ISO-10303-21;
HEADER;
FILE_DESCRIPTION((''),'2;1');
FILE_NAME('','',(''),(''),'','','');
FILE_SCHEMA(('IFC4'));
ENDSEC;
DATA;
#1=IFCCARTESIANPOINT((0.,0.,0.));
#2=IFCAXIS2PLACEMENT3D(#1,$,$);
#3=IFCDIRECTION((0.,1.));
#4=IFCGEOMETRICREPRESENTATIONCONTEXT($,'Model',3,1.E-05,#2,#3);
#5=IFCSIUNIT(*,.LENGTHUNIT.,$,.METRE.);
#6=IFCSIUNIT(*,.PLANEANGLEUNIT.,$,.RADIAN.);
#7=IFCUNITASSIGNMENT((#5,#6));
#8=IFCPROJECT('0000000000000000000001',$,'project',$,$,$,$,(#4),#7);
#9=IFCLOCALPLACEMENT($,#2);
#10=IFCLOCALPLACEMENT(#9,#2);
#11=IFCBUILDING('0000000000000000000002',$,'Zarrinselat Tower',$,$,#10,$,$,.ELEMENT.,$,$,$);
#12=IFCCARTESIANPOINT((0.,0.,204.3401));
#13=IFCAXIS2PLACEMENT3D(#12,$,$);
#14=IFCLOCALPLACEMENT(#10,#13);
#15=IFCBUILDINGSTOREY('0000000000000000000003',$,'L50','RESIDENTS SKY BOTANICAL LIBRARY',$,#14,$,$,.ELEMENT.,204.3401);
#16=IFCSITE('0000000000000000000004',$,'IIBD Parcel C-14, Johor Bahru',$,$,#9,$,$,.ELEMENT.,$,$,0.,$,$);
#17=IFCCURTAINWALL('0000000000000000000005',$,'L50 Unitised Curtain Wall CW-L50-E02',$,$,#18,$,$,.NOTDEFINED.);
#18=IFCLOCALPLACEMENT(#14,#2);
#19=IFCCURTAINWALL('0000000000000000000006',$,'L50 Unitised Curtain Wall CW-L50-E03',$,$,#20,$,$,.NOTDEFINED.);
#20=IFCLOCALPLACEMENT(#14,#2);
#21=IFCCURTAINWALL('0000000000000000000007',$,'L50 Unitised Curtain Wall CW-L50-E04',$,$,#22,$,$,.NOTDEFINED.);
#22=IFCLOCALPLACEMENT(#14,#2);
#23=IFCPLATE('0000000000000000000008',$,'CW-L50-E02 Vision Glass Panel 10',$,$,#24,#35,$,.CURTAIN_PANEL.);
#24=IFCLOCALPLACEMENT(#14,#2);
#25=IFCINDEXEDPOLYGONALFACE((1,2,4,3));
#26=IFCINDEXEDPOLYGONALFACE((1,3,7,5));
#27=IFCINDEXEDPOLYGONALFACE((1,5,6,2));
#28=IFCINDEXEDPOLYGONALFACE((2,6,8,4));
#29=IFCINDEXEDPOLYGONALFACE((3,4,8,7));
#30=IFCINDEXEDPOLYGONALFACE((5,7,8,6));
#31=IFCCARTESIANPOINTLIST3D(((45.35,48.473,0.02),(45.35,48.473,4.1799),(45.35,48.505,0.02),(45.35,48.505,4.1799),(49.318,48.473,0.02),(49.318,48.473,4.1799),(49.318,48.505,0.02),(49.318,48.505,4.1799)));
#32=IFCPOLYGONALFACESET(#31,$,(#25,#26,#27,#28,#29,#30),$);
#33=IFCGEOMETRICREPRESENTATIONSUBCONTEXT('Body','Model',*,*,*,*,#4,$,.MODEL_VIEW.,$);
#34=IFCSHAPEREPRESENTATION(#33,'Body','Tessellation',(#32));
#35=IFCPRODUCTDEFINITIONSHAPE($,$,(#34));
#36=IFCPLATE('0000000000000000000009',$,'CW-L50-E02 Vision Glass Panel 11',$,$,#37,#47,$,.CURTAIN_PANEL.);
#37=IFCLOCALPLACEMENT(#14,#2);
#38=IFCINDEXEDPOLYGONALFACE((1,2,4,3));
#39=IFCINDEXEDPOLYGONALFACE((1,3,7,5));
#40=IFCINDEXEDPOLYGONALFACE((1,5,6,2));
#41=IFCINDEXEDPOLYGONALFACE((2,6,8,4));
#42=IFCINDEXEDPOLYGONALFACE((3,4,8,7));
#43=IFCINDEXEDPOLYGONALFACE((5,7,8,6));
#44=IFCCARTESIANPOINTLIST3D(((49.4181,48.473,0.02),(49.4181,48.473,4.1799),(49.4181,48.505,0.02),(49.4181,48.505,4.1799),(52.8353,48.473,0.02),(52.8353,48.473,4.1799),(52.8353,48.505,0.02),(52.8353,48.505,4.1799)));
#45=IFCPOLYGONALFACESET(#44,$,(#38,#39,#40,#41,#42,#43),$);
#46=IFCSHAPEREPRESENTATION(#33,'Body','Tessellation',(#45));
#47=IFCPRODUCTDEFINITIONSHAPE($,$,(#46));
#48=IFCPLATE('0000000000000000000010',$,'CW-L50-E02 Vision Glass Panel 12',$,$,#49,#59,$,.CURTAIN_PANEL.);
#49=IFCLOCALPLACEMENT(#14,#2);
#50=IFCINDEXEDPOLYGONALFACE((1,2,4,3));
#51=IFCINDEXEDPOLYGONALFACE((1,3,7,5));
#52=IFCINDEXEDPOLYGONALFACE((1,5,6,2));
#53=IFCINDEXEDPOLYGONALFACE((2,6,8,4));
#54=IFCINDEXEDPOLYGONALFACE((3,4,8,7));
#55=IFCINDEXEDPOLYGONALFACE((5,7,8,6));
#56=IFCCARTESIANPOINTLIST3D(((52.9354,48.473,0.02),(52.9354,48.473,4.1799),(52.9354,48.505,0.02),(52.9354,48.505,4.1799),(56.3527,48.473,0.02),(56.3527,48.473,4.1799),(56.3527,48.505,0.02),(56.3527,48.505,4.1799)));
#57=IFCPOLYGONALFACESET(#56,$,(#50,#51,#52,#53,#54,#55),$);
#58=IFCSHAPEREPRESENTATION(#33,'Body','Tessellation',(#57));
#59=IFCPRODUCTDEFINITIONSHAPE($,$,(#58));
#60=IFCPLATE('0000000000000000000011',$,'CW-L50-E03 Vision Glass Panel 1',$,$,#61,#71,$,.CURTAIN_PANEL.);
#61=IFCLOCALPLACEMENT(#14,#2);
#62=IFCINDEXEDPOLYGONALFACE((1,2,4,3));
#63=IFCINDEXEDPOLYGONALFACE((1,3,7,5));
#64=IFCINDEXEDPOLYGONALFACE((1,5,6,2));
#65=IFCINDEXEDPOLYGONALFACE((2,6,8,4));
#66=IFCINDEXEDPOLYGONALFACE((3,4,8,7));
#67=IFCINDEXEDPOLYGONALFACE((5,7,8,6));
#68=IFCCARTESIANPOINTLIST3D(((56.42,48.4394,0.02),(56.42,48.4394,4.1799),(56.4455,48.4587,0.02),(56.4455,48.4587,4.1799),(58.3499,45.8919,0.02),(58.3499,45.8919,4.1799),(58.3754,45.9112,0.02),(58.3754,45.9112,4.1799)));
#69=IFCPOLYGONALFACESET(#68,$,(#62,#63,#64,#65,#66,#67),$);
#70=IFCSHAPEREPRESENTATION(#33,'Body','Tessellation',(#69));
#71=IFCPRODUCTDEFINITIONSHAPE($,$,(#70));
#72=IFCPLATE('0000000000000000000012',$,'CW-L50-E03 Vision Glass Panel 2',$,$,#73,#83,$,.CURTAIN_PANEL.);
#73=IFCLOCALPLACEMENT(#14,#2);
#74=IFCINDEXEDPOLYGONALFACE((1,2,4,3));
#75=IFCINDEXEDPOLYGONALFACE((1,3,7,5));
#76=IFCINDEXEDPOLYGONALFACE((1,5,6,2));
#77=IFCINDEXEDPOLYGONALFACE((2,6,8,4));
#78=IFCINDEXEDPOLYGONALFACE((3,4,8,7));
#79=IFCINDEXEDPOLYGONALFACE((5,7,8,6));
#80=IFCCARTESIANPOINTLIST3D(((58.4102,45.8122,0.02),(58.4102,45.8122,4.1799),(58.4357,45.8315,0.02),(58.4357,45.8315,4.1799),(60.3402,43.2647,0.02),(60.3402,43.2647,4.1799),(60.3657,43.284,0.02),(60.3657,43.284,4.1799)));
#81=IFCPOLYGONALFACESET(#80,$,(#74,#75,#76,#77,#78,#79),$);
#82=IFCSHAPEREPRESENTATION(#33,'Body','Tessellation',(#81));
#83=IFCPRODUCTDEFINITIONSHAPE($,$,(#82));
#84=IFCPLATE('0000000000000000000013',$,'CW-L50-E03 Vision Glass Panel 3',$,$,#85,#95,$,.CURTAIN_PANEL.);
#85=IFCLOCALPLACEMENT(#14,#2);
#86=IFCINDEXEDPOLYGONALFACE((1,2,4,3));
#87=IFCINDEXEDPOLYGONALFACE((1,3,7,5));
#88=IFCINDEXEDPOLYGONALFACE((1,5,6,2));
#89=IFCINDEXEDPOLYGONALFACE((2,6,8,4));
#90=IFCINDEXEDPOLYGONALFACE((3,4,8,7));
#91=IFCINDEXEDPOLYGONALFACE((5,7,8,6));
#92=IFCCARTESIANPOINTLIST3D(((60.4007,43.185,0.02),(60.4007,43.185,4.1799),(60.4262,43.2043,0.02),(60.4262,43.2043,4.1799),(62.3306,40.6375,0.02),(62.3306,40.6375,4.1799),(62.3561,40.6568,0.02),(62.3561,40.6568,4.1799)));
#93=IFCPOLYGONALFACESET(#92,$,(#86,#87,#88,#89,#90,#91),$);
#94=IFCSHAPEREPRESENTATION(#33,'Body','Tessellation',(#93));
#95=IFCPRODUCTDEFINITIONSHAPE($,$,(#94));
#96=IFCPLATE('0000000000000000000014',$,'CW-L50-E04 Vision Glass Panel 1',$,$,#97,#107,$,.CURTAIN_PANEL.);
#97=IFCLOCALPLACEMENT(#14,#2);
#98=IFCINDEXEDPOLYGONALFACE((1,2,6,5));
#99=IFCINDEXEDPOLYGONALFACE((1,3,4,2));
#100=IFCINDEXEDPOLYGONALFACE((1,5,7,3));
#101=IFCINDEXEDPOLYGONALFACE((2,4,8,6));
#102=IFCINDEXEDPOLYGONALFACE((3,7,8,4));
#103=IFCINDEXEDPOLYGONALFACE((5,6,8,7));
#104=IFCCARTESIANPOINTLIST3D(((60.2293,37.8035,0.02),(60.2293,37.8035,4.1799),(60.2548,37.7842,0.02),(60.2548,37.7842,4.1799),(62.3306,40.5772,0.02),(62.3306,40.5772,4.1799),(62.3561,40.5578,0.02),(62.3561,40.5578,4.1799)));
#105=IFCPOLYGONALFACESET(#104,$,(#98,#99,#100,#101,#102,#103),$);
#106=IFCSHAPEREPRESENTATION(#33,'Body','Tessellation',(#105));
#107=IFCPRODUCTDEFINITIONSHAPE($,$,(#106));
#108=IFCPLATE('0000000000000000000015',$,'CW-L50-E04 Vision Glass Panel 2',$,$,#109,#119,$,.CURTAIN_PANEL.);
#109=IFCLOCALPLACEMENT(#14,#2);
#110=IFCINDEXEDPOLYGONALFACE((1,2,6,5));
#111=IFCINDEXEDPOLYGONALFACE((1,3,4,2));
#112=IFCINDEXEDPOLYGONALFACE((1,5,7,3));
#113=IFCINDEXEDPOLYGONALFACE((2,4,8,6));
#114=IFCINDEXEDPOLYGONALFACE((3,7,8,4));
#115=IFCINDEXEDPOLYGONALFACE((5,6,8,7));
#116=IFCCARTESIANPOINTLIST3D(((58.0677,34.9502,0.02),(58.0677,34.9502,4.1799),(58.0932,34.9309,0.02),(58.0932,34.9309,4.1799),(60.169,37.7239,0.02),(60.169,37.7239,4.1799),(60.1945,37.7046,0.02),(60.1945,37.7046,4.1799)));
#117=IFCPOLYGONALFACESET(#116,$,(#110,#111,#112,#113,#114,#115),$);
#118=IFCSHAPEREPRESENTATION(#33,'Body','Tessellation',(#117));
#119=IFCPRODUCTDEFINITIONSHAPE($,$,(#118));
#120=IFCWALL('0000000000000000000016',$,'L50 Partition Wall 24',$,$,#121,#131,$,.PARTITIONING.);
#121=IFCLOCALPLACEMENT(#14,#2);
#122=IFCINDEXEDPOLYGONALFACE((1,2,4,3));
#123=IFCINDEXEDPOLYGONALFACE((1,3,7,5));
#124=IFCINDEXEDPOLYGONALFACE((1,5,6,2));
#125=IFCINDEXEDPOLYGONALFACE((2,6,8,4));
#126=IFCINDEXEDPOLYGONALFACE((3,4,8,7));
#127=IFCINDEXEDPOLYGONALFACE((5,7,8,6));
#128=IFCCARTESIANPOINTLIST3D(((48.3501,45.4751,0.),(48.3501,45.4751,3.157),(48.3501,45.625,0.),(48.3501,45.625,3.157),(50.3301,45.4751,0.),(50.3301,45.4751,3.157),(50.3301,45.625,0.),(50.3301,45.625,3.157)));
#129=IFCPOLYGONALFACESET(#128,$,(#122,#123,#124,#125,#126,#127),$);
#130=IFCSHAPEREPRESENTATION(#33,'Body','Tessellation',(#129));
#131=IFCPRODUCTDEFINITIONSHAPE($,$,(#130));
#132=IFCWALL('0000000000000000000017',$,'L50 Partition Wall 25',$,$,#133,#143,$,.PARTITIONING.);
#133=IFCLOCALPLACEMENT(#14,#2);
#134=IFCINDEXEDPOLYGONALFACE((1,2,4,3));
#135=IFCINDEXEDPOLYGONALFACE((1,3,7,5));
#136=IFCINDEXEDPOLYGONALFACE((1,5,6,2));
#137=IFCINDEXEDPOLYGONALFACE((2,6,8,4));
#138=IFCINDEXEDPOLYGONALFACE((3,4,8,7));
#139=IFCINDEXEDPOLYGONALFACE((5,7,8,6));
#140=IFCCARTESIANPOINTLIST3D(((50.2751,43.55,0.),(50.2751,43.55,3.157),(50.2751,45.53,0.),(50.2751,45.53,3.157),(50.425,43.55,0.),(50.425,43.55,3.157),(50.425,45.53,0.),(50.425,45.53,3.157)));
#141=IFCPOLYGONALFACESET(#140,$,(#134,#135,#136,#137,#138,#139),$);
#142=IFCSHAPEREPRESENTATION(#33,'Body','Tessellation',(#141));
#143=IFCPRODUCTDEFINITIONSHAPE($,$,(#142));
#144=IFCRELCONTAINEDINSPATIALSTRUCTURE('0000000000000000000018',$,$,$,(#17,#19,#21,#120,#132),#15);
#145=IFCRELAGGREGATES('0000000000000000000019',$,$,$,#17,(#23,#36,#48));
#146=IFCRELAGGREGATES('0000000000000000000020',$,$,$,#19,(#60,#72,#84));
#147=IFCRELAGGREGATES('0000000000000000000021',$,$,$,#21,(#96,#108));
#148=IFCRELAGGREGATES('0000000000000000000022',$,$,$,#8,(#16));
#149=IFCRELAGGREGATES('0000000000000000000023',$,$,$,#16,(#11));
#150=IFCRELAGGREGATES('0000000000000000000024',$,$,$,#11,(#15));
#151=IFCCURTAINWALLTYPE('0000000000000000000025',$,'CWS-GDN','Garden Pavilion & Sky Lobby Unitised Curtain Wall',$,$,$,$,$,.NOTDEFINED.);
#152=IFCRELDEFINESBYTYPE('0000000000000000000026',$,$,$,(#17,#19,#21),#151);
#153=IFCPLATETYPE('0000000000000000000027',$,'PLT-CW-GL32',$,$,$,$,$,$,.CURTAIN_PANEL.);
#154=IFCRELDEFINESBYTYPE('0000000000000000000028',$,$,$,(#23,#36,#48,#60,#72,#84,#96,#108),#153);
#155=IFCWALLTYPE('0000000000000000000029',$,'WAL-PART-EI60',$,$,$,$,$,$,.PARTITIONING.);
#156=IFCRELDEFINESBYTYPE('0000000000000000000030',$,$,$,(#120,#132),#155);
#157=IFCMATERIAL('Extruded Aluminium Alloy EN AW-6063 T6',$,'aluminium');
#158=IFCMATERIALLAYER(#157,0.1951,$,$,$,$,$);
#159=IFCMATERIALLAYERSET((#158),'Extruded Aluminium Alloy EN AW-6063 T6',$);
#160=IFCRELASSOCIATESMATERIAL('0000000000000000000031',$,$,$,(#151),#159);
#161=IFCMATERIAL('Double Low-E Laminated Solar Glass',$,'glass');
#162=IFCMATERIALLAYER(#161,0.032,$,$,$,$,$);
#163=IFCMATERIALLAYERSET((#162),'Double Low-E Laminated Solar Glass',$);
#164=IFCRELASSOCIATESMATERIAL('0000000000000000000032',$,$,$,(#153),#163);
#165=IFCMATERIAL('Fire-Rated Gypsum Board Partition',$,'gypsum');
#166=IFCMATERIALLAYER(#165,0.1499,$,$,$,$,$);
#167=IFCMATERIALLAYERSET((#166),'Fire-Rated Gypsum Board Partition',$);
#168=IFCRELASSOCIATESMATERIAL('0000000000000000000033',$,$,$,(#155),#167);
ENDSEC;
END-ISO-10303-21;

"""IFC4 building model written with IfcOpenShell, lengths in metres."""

from ifc_helpers import new_model, si_unit, direction, frame, frame_2d, origin, origin_2d, place, context, subcontext, project, spatial, rectangle, extrude, material, layer, layer_set, type_object, element, aggregate, save


model = new_model("IFC4")

# Units and contexts
model_context = context("Model", 3, precision=1e-05, world=origin(), true_north=direction((0.0, 1.0)))
body_context = subcontext(model_context, "Body", "Model", "MODEL_VIEW")
ifc_project = project(units=[si_unit("LENGTHUNIT", "METRE"), si_unit("PLANEANGLEUNIT", "RADIAN")], contexts=[model_context])

# Site, building, storey
site_placement = place(None, origin())
site = spatial("IfcSite", under=ifc_project, at=site_placement, Name="IIBD Parcel C-14, Johor Bahru", CompositionType="ELEMENT", RefElevation=0.0)
building_placement = place(site_placement, origin())
building = spatial("IfcBuilding", under=site, at=building_placement, Name="Zarrinselat Tower", CompositionType="ELEMENT")
storey_placement = place(building_placement, frame((0.0, 0.0, 204.3401)))
storey = spatial("IfcBuildingStorey", under=building, at=storey_placement, Name="L50", Description="RESIDENTS SKY BOTANICAL LIBRARY", CompositionType="ELEMENT", Elevation=204.3401)

# Curtain walls
ifc_material_1 = material(Name="Extruded Aluminium Alloy EN AW-6063 T6", Category="aluminium")
ifc_layer_1 = layer(ifc_material_1, 0.1951)
ifc_layer_set_1 = layer_set([ifc_layer_1], Name="Extruded Aluminium Alloy EN AW-6063 T6")
curtain_wall_type = type_object("IfcCurtainWallType", Name="CWS-GDN", Description="Garden Pavilion & Sky Lobby Unitised Curtain Wall", PredefinedType="NOTDEFINED", material=ifc_layer_set_1)
curtain_wall_1_placement = place(storey_placement, origin())
curtain_wall_1 = element("IfcCurtainWall", 1, at=curtain_wall_1_placement, inside=storey, type_object=curtain_wall_type, Name="L50 Unitised Curtain Wall CW-L50-E02", PredefinedType="NOTDEFINED")
curtain_wall_2_placement = place(storey_placement, origin())
curtain_wall_2 = element("IfcCurtainWall", 2, at=curtain_wall_2_placement, inside=storey, type_object=curtain_wall_type, Name="L50 Unitised Curtain Wall CW-L50-E03", PredefinedType="NOTDEFINED")

# Curtain wall
curtain_wall_3_placement = place(storey_placement, origin())
curtain_wall_3 = element("IfcCurtainWall", 3, at=curtain_wall_3_placement, inside=storey, type_object=curtain_wall_type, Name="L50 Unitised Curtain Wall CW-L50-E04", PredefinedType="NOTDEFINED")

# Plates
ifc_material_2 = material(Name="Double Low-E Laminated Solar Glass", Category="glass")
ifc_layer_2 = layer(ifc_material_2, 0.032)
ifc_layer_set_2 = layer_set([ifc_layer_2], Name="Double Low-E Laminated Solar Glass")
plate_type = type_object("IfcPlateType", Name="PLT-CW-GL32", PredefinedType="CURTAIN_PANEL", material=ifc_layer_set_2)
plate_1_placement = place(storey_placement, frame((47.334, 48.489, 0.02), z_axis=(0.0, 0.0, 1.0), x_axis=(1.0, 0.0, 0.0)))
plate_1 = element("IfcPlate", 4, at=plate_1_placement, type_object=plate_type, Name="CW-L50-E02 Vision Glass Panel 10", PredefinedType="CURTAIN_PANEL", context=body_context, shape_type="SweptSolid", body=[
    extrude(rectangle(XDim=3.968, YDim=0.032, at=origin_2d()), origin(), (0.0, 0.0, 1.0), 4.1599),
])
plate_2_placement = place(storey_placement, frame((51.1267, 48.489, 0.02), z_axis=(0.0, 0.0, 1.0), x_axis=(1.0, 0.0, 0.0)))
plate_2 = element("IfcPlate", 5, at=plate_2_placement, type_object=plate_type, Name="CW-L50-E02 Vision Glass Panel 11", PredefinedType="CURTAIN_PANEL", context=body_context, shape_type="SweptSolid", body=[
    extrude(rectangle(XDim=3.4172, YDim=0.032, at=origin_2d()), origin(), (0.0, 0.0, 1.0), 4.1599),
])
plate_3_placement = place(storey_placement, frame((54.644, 48.489, 0.02), z_axis=(0.0, 0.0, 1.0), x_axis=(1.0, 0.0, 0.0)))
plate_3 = element("IfcPlate", 6, at=plate_3_placement, type_object=plate_type, Name="CW-L50-E02 Vision Glass Panel 12", PredefinedType="CURTAIN_PANEL", context=body_context, shape_type="SweptSolid", body=[
    extrude(rectangle(XDim=3.4172, YDim=0.032, at=origin_2d()), origin(), (0.0, 0.0, 1.0), 4.1599),
])
aggregate(curtain_wall_1, [plate_1, plate_2, plate_3])
plate_4_placement = place(storey_placement, frame((57.3977, 47.1753, 0.02), z_axis=(0.0, 0.0, 1.0), x_axis=(0.603852, -0.797096, 0.0)))
plate_4 = element("IfcPlate", 7, at=plate_4_placement, type_object=plate_type, Name="CW-L50-E03 Vision Glass Panel 1", PredefinedType="CURTAIN_PANEL", context=body_context, shape_type="SweptSolid", body=[
    extrude(rectangle(XDim=3.196, YDim=0.032, at=origin_2d()), origin(), (0.0, 0.0, 1.0), 4.1599),
])
plate_5_placement = place(storey_placement, frame((59.3879, 44.5481, 0.02), z_axis=(0.0, 0.0, 1.0), x_axis=(0.603852, -0.797096, 0.0)))
plate_5 = element("IfcPlate", 8, at=plate_5_placement, type_object=plate_type, Name="CW-L50-E03 Vision Glass Panel 2", PredefinedType="CURTAIN_PANEL", context=body_context, shape_type="SweptSolid", body=[
    extrude(rectangle(XDim=3.196, YDim=0.032, at=origin_2d()), origin(), (0.0, 0.0, 1.0), 4.1599),
])
plate_6_placement = place(storey_placement, frame((61.3784, 41.9209, 0.02), z_axis=(0.0, 0.0, 1.0), x_axis=(0.603852, -0.797096, 0.0)))
plate_6 = element("IfcPlate", 9, at=plate_6_placement, type_object=plate_type, Name="CW-L50-E03 Vision Glass Panel 3", PredefinedType="CURTAIN_PANEL", context=body_context, shape_type="SweptSolid", body=[
    extrude(rectangle(XDim=3.196, YDim=0.032, at=origin_2d()), origin(), (0.0, 0.0, 1.0), 4.1599),
])
aggregate(curtain_wall_2, [plate_4, plate_5, plate_6])
plate_7_placement = place(storey_placement, frame((61.2927, 39.1807, 0.02), z_axis=(0.0, 0.0, 1.0), x_axis=(-0.603858, -0.797092, 0.0)))
plate_7 = element("IfcPlate", 10, at=plate_7_placement, type_object=plate_type, Name="CW-L50-E04 Vision Glass Panel 1", PredefinedType="CURTAIN_PANEL", context=body_context, shape_type="SweptSolid", body=[
    extrude(rectangle(XDim=3.4797, YDim=0.032, at=origin_2d()), origin(), (0.0, 0.0, 1.0), 4.1599),
])
plate_8_placement = place(storey_placement, frame((59.1311, 36.3274, 0.02), z_axis=(0.0, 0.0, 1.0), x_axis=(-0.603858, -0.797092, 0.0)))
plate_8 = element("IfcPlate", 11, at=plate_8_placement, type_object=plate_type, Name="CW-L50-E04 Vision Glass Panel 2", PredefinedType="CURTAIN_PANEL", context=body_context, shape_type="SweptSolid", body=[
    extrude(rectangle(XDim=3.4797, YDim=0.032, at=origin_2d()), origin(), (0.0, 0.0, 1.0), 4.1599),
])
aggregate(curtain_wall_3, [plate_7, plate_8])

# Walls
ifc_material_3 = material(Name="Fire-Rated Gypsum Board Partition", Category="gypsum")
ifc_layer_3 = layer(ifc_material_3, 0.1499)
ifc_layer_set_3 = layer_set([ifc_layer_3], Name="Fire-Rated Gypsum Board Partition")
wall_type = type_object("IfcWallType", Name="WAL-PART-EI60", PredefinedType="PARTITIONING", material=ifc_layer_set_3)
for number, where, z_axis, x_axis, name in (
    (12, (48.3501, 45.55, 0.0), (0.0, 0.0, 1.0), (1.0, 0.0, 0.0), "L50 Partition Wall 24"),
    (13, (50.3501, 43.55, 0.0), (0.0, 0.0, 1.0), (0.0, 1.0, 0.0), "L50 Partition Wall 25"),
):
    element("IfcWall", number, at=place(storey_placement, frame(where, z_axis=z_axis, x_axis=x_axis)), inside=storey, type_object=wall_type, Name=name, PredefinedType="PARTITIONING", context=body_context, shape_type="SweptSolid", body=[
        extrude(rectangle(XDim=1.98, YDim=0.1499, at=frame_2d((0.99, 0.0))), origin(), (0.0, 0.0, 1.0), 3.157),
    ])

save(model, "model.ifc")
